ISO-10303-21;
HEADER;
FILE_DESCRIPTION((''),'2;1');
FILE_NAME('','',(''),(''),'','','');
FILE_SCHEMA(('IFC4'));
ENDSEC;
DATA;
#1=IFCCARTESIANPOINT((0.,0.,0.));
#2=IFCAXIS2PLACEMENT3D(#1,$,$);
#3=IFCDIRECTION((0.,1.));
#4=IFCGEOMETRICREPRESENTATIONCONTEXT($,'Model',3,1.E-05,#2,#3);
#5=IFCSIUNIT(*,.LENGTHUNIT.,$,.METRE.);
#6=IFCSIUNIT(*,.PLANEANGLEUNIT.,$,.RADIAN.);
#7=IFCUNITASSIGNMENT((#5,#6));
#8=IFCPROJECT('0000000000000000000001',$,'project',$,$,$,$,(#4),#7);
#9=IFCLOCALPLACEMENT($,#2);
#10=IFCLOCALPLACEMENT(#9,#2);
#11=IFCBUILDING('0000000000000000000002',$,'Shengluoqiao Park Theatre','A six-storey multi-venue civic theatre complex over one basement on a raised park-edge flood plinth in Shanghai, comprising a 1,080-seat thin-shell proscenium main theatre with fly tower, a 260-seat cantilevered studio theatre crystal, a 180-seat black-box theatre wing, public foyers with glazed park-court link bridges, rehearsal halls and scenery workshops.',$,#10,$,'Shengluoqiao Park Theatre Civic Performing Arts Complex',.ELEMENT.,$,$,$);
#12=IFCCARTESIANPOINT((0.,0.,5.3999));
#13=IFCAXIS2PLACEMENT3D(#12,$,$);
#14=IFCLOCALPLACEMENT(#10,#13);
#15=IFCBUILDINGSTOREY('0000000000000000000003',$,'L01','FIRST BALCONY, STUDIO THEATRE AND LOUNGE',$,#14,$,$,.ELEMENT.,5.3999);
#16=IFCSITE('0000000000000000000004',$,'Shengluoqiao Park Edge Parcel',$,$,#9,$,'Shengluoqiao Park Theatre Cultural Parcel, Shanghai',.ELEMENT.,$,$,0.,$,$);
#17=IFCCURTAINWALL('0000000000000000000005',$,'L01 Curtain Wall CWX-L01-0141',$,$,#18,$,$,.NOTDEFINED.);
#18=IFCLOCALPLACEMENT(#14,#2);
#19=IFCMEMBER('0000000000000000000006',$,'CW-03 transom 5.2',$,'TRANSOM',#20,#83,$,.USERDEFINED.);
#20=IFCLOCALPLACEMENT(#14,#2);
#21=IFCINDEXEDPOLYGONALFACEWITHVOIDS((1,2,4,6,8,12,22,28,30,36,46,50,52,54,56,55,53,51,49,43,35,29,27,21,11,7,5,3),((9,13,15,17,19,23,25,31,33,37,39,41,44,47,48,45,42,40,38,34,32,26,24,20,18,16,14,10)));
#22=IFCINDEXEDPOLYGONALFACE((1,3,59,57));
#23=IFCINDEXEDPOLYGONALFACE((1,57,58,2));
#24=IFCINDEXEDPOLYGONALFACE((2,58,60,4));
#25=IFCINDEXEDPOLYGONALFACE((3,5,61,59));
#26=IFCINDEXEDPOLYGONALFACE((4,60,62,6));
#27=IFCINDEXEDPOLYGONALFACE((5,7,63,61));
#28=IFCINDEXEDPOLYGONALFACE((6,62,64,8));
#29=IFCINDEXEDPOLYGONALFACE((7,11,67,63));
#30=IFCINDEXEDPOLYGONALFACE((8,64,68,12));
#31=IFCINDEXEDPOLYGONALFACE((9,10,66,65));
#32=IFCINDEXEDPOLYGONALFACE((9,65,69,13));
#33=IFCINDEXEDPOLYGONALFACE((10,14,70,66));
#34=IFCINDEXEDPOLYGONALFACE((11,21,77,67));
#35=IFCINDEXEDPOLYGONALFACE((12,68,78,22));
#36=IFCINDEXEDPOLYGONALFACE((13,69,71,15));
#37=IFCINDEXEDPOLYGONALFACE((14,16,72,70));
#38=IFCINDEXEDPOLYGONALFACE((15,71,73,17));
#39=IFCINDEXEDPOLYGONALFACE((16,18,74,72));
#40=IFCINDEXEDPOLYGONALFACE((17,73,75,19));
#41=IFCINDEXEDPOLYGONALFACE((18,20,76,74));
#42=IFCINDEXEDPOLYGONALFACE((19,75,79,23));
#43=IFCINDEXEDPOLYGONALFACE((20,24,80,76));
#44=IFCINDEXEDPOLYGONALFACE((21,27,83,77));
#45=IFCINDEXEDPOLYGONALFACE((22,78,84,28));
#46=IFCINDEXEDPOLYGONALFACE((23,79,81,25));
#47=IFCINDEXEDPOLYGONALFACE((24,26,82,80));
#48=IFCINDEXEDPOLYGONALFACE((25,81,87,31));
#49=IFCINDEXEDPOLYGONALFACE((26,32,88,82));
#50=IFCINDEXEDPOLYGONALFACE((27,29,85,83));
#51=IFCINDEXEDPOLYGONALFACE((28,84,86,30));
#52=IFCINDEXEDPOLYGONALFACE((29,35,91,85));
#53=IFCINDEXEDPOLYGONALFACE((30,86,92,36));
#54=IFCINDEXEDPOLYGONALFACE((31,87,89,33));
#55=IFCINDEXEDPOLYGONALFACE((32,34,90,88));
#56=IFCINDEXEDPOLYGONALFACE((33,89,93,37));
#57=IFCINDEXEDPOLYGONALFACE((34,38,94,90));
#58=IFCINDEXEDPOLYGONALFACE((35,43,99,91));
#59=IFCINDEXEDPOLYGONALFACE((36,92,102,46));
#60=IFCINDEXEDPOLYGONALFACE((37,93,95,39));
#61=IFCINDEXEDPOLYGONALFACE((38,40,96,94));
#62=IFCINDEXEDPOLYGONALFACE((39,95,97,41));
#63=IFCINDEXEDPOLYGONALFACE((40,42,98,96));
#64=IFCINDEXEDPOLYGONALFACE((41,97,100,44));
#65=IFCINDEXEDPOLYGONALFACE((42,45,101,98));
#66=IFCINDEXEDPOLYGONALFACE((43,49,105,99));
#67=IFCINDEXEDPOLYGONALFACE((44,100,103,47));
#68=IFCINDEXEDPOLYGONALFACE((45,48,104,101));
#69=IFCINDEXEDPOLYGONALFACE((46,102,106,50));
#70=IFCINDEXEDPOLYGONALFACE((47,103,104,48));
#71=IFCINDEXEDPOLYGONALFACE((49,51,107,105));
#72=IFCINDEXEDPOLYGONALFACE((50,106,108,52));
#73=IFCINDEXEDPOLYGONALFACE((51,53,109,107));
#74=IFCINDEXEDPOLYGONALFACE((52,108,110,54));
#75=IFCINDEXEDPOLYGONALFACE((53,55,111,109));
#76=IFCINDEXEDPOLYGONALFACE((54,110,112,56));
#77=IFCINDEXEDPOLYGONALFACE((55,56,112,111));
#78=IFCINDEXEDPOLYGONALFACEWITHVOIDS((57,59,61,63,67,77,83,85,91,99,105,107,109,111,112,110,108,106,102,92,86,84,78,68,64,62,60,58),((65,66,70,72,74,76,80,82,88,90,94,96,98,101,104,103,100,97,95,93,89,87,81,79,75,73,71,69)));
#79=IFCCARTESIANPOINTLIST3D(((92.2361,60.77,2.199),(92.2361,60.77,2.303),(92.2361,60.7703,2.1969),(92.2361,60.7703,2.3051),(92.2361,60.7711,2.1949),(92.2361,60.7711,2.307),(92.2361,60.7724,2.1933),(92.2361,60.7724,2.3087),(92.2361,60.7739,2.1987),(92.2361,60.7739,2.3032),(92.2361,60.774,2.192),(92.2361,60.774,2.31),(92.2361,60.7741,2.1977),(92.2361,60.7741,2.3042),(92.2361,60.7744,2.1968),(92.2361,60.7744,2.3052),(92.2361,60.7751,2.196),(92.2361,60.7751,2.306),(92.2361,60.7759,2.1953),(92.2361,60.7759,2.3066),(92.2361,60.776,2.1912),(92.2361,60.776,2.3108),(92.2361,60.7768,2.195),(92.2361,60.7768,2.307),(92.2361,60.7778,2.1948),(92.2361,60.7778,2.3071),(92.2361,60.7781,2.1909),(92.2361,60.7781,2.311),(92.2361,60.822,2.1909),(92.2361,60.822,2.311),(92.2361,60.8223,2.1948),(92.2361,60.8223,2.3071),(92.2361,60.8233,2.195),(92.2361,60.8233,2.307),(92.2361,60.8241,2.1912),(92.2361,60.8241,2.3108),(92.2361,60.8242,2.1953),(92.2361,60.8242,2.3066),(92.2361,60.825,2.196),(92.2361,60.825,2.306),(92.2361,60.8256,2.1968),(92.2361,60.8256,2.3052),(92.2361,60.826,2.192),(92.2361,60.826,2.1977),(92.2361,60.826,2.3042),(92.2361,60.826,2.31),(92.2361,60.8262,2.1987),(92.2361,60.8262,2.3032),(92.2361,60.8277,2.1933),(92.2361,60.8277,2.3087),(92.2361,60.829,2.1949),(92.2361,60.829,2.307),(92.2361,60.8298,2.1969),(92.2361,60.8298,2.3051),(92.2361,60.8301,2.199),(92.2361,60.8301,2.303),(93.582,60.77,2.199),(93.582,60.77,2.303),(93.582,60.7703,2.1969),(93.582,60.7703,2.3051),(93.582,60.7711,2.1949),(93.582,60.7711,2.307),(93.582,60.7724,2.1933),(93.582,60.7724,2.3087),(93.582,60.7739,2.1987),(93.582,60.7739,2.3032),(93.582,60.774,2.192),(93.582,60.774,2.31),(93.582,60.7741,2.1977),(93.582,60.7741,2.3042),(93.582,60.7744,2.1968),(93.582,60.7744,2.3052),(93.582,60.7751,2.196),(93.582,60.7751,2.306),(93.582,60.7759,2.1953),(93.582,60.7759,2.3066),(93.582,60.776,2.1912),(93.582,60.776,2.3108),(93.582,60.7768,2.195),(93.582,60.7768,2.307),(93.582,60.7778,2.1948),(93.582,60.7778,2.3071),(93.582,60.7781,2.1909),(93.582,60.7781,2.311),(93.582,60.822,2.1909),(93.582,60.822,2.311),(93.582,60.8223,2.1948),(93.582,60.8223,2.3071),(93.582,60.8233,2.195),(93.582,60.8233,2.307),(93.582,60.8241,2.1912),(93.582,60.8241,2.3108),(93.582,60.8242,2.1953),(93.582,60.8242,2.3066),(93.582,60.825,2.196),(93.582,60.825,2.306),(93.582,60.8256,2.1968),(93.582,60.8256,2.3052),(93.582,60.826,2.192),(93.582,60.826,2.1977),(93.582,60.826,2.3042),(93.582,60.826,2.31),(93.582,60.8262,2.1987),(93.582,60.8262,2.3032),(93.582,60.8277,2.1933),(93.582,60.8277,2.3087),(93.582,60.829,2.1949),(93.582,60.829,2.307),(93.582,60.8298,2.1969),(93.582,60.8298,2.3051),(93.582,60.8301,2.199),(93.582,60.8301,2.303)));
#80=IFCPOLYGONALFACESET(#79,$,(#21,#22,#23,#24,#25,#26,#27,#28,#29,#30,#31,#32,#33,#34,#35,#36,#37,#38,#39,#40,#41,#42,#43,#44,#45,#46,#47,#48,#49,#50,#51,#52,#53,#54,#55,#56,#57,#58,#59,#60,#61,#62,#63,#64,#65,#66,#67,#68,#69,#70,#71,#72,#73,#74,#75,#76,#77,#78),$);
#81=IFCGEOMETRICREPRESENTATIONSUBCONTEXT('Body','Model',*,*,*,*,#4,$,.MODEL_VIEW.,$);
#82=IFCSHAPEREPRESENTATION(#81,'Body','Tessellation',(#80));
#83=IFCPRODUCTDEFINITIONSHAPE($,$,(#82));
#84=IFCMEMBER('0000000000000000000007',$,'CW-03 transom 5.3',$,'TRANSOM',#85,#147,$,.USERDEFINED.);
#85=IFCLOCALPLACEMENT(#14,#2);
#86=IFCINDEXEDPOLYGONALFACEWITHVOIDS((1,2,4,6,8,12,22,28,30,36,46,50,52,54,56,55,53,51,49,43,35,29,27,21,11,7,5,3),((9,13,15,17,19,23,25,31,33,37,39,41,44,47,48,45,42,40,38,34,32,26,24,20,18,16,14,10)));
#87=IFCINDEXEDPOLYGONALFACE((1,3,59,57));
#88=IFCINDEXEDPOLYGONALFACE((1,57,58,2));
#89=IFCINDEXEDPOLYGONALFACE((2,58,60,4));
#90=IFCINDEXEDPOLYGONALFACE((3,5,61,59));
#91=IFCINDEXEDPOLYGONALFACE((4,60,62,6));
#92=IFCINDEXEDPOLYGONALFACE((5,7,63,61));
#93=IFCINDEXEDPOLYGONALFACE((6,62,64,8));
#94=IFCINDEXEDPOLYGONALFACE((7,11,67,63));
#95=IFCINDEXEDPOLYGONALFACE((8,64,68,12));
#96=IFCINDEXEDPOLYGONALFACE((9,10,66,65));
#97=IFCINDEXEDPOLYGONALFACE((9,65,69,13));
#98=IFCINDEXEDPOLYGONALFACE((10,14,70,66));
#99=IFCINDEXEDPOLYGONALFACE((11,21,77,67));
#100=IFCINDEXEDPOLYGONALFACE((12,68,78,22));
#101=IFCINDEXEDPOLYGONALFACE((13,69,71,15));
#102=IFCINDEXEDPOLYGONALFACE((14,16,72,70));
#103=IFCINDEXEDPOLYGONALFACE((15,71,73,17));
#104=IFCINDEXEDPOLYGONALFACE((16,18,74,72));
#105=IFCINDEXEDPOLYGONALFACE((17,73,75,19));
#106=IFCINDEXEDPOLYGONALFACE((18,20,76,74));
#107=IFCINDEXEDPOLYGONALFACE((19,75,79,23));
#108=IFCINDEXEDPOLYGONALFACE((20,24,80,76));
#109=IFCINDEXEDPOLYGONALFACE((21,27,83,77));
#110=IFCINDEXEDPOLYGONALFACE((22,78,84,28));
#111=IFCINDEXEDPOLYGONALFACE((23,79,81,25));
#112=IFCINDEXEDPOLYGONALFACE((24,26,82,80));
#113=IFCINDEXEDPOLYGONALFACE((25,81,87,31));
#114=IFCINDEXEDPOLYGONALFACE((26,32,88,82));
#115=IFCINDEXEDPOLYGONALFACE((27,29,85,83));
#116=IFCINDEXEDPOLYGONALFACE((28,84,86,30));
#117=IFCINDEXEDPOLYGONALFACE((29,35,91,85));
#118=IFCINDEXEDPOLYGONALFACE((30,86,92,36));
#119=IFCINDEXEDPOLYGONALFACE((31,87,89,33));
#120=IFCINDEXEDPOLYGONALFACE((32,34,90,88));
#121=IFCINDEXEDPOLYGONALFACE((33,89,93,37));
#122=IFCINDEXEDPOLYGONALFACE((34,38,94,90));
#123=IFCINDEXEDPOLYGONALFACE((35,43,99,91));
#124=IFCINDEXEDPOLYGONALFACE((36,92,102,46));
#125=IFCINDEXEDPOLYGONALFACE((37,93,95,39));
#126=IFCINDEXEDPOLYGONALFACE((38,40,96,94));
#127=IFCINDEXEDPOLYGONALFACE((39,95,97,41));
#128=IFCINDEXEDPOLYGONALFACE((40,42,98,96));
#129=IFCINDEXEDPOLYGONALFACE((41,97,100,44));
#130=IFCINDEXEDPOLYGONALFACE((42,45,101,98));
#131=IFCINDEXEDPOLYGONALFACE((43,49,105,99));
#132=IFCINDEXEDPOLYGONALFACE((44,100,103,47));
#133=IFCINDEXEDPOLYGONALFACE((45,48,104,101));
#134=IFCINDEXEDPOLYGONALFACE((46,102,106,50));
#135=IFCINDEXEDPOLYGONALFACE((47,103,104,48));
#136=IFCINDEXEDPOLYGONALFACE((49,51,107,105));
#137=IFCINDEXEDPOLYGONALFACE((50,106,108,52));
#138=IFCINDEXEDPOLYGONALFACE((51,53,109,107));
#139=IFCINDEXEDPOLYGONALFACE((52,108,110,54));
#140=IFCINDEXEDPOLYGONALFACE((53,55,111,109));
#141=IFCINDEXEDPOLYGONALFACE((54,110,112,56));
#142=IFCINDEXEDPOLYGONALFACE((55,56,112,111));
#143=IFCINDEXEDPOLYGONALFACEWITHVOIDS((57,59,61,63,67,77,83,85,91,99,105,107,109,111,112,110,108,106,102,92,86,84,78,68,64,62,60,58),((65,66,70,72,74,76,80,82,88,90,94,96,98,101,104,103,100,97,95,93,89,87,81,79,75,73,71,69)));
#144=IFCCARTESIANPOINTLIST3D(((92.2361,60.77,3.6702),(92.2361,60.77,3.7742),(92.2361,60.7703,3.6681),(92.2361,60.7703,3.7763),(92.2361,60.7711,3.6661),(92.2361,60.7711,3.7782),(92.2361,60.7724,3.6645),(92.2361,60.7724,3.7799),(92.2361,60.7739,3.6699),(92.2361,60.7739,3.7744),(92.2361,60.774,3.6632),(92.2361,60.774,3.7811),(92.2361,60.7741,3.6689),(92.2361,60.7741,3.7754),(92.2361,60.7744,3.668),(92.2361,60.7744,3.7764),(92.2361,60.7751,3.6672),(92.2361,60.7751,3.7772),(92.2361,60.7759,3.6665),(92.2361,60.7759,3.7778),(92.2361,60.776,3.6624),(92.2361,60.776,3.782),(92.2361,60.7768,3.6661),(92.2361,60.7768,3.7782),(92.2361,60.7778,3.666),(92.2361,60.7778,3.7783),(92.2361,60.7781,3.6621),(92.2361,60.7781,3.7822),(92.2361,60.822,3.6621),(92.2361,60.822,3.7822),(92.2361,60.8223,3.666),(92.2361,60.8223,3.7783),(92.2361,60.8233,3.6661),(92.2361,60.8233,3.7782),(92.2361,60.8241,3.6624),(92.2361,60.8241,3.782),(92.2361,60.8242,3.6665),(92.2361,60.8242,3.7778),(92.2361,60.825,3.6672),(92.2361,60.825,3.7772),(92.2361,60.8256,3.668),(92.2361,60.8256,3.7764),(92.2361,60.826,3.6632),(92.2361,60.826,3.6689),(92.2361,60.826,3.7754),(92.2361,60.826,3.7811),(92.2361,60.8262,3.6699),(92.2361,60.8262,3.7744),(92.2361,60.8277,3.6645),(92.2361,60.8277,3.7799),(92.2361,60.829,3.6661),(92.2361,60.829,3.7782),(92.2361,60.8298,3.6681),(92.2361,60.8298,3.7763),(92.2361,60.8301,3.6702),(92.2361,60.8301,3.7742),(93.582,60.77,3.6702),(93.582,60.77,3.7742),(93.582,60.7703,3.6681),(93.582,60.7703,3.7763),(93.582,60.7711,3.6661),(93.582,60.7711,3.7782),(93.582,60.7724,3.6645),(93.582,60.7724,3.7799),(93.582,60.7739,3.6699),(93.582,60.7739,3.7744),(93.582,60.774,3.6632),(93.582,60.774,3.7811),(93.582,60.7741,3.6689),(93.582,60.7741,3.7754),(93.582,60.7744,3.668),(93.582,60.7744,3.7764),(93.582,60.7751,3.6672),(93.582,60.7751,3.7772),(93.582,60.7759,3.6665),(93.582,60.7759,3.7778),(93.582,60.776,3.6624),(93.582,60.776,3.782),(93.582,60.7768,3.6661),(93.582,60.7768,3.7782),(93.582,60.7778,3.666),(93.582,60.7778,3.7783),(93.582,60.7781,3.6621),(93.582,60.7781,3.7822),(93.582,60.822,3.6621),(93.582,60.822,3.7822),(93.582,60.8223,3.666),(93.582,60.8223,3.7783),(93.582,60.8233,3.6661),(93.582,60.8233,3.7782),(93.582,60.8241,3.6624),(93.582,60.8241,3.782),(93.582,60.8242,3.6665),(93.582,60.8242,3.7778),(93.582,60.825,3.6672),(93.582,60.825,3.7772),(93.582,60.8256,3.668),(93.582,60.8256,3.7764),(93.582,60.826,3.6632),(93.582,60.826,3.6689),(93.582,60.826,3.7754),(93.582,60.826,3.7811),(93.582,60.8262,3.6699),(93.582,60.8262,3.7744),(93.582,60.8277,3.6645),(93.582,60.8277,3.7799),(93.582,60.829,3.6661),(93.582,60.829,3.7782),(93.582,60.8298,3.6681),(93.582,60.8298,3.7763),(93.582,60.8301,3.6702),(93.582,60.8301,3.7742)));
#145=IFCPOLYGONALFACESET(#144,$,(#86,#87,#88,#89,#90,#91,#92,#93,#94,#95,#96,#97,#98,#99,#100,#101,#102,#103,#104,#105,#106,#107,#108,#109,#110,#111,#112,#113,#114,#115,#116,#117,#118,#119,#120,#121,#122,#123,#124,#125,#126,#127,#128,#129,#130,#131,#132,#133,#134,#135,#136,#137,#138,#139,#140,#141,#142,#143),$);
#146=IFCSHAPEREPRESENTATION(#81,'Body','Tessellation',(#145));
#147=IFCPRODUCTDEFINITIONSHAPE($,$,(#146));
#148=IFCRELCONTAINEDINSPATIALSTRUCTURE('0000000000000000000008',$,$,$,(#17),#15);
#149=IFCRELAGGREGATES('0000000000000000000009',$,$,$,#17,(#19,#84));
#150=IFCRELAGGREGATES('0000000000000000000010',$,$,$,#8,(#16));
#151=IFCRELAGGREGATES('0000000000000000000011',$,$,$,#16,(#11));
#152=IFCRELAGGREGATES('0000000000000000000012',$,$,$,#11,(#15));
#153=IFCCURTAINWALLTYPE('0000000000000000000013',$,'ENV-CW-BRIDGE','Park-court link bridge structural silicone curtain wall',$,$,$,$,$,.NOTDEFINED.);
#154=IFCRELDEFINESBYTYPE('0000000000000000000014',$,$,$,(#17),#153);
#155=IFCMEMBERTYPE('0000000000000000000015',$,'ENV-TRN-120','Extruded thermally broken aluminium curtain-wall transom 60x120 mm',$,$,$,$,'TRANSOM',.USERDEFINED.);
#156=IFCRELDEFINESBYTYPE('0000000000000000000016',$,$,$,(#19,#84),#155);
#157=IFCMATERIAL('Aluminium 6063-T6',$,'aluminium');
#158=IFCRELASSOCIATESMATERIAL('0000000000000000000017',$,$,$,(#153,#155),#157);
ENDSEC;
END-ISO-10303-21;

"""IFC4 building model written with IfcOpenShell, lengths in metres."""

from ifc_helpers import new_model, si_unit, direction, frame, origin, origin_2d, place, context, subcontext, project, spatial, hollow_rectangle, extrude, material, material_profile, profile_set, type_object, element, aggregate, save


model = new_model("IFC4")

# Units and contexts
model_context = context("Model", 3, precision=1e-05, world=origin(), true_north=direction((0.0, 1.0)))
body_context = subcontext(model_context, "Body", "Model", "MODEL_VIEW")
ifc_project = project(units=[si_unit("LENGTHUNIT", "METRE"), si_unit("PLANEANGLEUNIT", "RADIAN")], contexts=[model_context])

# Site, building, storey
site_placement = place(None, origin())
site = spatial("IfcSite", under=ifc_project, at=site_placement, Name="Shengluoqiao Park Edge Parcel", LongName="Shengluoqiao Park Theatre Cultural Parcel, Shanghai", CompositionType="ELEMENT", RefElevation=0.0)
building_placement = place(site_placement, origin())
building = spatial("IfcBuilding", under=site, at=building_placement, Name="Shengluoqiao Park Theatre", Description="A six-storey multi-venue civic theatre complex over one basement on a raised park-edge flood plinth in Shanghai, comprising a 1,080-seat thin-shell proscenium main theatre with fly tower, a 260-seat cantilevered studio theatre crystal, a 180-seat black-box theatre wing, public foyers with glazed park-court link bridges, rehearsal halls and scenery workshops.", LongName="Shengluoqiao Park Theatre Civic Performing Arts Complex", CompositionType="ELEMENT")
storey_placement = place(building_placement, frame((0.0, 0.0, 5.3999)))
storey = spatial("IfcBuildingStorey", under=building, at=storey_placement, Name="L01", Description="FIRST BALCONY, STUDIO THEATRE AND LOUNGE", CompositionType="ELEMENT", Elevation=5.3999)

# Shared definitions
ifc_material_1 = material(Name="Aluminium 6063-T6", Category="aluminium")
curtain_wall_type = type_object("IfcCurtainWallType", Name="ENV-CW-BRIDGE", Description="Park-court link bridge structural silicone curtain wall", PredefinedType="NOTDEFINED", material=ifc_material_1)

# Curtain wall
curtain_wall_1_placement = place(storey_placement, origin())
curtain_wall_1 = element("IfcCurtainWall", 1, at=curtain_wall_1_placement, inside=storey, type_object=curtain_wall_type, Name="L01 Curtain Wall CWX-L01-0141", PredefinedType="NOTDEFINED")

# Members
ifc_material_profile_1 = material_profile(ifc_material_1, hollow_rectangle(XDim=0.0601, YDim=0.1201, WallThickness=0.0039, InnerFilletRadius=0.0039, OuterFilletRadius=0.0081, at=origin_2d()), Name="ALU TRANSOM 120x60x4")
ifc_profile_set_1 = profile_set([ifc_material_profile_1], Name="Aluminium 6063-T6")
member_type_1 = type_object("IfcMemberType", Name="ENV-TRN-120", Description="Extruded thermally broken aluminium curtain-wall transom 60x120 mm", ElementType="TRANSOM", PredefinedType="USERDEFINED", material=ifc_profile_set_1)
member_1_placement = place(storey_placement, frame((92.2361, 60.8, 2.251), z_axis=(1.0, 0.0, 0.0), x_axis=(0.0, 1.0, 0.0)))
member_1 = element("IfcMember", 2, at=member_1_placement, type_object=member_type_1, Name="CW-03 transom 5.2", ObjectType="TRANSOM", PredefinedType="USERDEFINED", context=body_context, shape_type="SweptSolid", body=[
    extrude(hollow_rectangle(XDim=0.0601, YDim=0.1201, WallThickness=0.0039, InnerFilletRadius=0.0039, OuterFilletRadius=0.0081, at=origin_2d()), origin(), (0.0, 0.0, 1.0), 1.3459),
])
member_2_placement = place(storey_placement, frame((92.2361, 60.8, 3.7222), z_axis=(1.0, 0.0, 0.0), x_axis=(0.0, 1.0, 0.0)))
member_2 = element("IfcMember", 3, at=member_2_placement, type_object=member_type_1, Name="CW-03 transom 5.3", ObjectType="TRANSOM", PredefinedType="USERDEFINED", context=body_context, shape_type="SweptSolid", body=[
    extrude(hollow_rectangle(XDim=0.0601, YDim=0.1201, WallThickness=0.0039, InnerFilletRadius=0.0039, OuterFilletRadius=0.0081, at=origin_2d()), origin(), (0.0, 0.0, 1.0), 1.3459),
])

aggregate(curtain_wall_1, [member_1, member_2])

save(model, "model.ifc")
